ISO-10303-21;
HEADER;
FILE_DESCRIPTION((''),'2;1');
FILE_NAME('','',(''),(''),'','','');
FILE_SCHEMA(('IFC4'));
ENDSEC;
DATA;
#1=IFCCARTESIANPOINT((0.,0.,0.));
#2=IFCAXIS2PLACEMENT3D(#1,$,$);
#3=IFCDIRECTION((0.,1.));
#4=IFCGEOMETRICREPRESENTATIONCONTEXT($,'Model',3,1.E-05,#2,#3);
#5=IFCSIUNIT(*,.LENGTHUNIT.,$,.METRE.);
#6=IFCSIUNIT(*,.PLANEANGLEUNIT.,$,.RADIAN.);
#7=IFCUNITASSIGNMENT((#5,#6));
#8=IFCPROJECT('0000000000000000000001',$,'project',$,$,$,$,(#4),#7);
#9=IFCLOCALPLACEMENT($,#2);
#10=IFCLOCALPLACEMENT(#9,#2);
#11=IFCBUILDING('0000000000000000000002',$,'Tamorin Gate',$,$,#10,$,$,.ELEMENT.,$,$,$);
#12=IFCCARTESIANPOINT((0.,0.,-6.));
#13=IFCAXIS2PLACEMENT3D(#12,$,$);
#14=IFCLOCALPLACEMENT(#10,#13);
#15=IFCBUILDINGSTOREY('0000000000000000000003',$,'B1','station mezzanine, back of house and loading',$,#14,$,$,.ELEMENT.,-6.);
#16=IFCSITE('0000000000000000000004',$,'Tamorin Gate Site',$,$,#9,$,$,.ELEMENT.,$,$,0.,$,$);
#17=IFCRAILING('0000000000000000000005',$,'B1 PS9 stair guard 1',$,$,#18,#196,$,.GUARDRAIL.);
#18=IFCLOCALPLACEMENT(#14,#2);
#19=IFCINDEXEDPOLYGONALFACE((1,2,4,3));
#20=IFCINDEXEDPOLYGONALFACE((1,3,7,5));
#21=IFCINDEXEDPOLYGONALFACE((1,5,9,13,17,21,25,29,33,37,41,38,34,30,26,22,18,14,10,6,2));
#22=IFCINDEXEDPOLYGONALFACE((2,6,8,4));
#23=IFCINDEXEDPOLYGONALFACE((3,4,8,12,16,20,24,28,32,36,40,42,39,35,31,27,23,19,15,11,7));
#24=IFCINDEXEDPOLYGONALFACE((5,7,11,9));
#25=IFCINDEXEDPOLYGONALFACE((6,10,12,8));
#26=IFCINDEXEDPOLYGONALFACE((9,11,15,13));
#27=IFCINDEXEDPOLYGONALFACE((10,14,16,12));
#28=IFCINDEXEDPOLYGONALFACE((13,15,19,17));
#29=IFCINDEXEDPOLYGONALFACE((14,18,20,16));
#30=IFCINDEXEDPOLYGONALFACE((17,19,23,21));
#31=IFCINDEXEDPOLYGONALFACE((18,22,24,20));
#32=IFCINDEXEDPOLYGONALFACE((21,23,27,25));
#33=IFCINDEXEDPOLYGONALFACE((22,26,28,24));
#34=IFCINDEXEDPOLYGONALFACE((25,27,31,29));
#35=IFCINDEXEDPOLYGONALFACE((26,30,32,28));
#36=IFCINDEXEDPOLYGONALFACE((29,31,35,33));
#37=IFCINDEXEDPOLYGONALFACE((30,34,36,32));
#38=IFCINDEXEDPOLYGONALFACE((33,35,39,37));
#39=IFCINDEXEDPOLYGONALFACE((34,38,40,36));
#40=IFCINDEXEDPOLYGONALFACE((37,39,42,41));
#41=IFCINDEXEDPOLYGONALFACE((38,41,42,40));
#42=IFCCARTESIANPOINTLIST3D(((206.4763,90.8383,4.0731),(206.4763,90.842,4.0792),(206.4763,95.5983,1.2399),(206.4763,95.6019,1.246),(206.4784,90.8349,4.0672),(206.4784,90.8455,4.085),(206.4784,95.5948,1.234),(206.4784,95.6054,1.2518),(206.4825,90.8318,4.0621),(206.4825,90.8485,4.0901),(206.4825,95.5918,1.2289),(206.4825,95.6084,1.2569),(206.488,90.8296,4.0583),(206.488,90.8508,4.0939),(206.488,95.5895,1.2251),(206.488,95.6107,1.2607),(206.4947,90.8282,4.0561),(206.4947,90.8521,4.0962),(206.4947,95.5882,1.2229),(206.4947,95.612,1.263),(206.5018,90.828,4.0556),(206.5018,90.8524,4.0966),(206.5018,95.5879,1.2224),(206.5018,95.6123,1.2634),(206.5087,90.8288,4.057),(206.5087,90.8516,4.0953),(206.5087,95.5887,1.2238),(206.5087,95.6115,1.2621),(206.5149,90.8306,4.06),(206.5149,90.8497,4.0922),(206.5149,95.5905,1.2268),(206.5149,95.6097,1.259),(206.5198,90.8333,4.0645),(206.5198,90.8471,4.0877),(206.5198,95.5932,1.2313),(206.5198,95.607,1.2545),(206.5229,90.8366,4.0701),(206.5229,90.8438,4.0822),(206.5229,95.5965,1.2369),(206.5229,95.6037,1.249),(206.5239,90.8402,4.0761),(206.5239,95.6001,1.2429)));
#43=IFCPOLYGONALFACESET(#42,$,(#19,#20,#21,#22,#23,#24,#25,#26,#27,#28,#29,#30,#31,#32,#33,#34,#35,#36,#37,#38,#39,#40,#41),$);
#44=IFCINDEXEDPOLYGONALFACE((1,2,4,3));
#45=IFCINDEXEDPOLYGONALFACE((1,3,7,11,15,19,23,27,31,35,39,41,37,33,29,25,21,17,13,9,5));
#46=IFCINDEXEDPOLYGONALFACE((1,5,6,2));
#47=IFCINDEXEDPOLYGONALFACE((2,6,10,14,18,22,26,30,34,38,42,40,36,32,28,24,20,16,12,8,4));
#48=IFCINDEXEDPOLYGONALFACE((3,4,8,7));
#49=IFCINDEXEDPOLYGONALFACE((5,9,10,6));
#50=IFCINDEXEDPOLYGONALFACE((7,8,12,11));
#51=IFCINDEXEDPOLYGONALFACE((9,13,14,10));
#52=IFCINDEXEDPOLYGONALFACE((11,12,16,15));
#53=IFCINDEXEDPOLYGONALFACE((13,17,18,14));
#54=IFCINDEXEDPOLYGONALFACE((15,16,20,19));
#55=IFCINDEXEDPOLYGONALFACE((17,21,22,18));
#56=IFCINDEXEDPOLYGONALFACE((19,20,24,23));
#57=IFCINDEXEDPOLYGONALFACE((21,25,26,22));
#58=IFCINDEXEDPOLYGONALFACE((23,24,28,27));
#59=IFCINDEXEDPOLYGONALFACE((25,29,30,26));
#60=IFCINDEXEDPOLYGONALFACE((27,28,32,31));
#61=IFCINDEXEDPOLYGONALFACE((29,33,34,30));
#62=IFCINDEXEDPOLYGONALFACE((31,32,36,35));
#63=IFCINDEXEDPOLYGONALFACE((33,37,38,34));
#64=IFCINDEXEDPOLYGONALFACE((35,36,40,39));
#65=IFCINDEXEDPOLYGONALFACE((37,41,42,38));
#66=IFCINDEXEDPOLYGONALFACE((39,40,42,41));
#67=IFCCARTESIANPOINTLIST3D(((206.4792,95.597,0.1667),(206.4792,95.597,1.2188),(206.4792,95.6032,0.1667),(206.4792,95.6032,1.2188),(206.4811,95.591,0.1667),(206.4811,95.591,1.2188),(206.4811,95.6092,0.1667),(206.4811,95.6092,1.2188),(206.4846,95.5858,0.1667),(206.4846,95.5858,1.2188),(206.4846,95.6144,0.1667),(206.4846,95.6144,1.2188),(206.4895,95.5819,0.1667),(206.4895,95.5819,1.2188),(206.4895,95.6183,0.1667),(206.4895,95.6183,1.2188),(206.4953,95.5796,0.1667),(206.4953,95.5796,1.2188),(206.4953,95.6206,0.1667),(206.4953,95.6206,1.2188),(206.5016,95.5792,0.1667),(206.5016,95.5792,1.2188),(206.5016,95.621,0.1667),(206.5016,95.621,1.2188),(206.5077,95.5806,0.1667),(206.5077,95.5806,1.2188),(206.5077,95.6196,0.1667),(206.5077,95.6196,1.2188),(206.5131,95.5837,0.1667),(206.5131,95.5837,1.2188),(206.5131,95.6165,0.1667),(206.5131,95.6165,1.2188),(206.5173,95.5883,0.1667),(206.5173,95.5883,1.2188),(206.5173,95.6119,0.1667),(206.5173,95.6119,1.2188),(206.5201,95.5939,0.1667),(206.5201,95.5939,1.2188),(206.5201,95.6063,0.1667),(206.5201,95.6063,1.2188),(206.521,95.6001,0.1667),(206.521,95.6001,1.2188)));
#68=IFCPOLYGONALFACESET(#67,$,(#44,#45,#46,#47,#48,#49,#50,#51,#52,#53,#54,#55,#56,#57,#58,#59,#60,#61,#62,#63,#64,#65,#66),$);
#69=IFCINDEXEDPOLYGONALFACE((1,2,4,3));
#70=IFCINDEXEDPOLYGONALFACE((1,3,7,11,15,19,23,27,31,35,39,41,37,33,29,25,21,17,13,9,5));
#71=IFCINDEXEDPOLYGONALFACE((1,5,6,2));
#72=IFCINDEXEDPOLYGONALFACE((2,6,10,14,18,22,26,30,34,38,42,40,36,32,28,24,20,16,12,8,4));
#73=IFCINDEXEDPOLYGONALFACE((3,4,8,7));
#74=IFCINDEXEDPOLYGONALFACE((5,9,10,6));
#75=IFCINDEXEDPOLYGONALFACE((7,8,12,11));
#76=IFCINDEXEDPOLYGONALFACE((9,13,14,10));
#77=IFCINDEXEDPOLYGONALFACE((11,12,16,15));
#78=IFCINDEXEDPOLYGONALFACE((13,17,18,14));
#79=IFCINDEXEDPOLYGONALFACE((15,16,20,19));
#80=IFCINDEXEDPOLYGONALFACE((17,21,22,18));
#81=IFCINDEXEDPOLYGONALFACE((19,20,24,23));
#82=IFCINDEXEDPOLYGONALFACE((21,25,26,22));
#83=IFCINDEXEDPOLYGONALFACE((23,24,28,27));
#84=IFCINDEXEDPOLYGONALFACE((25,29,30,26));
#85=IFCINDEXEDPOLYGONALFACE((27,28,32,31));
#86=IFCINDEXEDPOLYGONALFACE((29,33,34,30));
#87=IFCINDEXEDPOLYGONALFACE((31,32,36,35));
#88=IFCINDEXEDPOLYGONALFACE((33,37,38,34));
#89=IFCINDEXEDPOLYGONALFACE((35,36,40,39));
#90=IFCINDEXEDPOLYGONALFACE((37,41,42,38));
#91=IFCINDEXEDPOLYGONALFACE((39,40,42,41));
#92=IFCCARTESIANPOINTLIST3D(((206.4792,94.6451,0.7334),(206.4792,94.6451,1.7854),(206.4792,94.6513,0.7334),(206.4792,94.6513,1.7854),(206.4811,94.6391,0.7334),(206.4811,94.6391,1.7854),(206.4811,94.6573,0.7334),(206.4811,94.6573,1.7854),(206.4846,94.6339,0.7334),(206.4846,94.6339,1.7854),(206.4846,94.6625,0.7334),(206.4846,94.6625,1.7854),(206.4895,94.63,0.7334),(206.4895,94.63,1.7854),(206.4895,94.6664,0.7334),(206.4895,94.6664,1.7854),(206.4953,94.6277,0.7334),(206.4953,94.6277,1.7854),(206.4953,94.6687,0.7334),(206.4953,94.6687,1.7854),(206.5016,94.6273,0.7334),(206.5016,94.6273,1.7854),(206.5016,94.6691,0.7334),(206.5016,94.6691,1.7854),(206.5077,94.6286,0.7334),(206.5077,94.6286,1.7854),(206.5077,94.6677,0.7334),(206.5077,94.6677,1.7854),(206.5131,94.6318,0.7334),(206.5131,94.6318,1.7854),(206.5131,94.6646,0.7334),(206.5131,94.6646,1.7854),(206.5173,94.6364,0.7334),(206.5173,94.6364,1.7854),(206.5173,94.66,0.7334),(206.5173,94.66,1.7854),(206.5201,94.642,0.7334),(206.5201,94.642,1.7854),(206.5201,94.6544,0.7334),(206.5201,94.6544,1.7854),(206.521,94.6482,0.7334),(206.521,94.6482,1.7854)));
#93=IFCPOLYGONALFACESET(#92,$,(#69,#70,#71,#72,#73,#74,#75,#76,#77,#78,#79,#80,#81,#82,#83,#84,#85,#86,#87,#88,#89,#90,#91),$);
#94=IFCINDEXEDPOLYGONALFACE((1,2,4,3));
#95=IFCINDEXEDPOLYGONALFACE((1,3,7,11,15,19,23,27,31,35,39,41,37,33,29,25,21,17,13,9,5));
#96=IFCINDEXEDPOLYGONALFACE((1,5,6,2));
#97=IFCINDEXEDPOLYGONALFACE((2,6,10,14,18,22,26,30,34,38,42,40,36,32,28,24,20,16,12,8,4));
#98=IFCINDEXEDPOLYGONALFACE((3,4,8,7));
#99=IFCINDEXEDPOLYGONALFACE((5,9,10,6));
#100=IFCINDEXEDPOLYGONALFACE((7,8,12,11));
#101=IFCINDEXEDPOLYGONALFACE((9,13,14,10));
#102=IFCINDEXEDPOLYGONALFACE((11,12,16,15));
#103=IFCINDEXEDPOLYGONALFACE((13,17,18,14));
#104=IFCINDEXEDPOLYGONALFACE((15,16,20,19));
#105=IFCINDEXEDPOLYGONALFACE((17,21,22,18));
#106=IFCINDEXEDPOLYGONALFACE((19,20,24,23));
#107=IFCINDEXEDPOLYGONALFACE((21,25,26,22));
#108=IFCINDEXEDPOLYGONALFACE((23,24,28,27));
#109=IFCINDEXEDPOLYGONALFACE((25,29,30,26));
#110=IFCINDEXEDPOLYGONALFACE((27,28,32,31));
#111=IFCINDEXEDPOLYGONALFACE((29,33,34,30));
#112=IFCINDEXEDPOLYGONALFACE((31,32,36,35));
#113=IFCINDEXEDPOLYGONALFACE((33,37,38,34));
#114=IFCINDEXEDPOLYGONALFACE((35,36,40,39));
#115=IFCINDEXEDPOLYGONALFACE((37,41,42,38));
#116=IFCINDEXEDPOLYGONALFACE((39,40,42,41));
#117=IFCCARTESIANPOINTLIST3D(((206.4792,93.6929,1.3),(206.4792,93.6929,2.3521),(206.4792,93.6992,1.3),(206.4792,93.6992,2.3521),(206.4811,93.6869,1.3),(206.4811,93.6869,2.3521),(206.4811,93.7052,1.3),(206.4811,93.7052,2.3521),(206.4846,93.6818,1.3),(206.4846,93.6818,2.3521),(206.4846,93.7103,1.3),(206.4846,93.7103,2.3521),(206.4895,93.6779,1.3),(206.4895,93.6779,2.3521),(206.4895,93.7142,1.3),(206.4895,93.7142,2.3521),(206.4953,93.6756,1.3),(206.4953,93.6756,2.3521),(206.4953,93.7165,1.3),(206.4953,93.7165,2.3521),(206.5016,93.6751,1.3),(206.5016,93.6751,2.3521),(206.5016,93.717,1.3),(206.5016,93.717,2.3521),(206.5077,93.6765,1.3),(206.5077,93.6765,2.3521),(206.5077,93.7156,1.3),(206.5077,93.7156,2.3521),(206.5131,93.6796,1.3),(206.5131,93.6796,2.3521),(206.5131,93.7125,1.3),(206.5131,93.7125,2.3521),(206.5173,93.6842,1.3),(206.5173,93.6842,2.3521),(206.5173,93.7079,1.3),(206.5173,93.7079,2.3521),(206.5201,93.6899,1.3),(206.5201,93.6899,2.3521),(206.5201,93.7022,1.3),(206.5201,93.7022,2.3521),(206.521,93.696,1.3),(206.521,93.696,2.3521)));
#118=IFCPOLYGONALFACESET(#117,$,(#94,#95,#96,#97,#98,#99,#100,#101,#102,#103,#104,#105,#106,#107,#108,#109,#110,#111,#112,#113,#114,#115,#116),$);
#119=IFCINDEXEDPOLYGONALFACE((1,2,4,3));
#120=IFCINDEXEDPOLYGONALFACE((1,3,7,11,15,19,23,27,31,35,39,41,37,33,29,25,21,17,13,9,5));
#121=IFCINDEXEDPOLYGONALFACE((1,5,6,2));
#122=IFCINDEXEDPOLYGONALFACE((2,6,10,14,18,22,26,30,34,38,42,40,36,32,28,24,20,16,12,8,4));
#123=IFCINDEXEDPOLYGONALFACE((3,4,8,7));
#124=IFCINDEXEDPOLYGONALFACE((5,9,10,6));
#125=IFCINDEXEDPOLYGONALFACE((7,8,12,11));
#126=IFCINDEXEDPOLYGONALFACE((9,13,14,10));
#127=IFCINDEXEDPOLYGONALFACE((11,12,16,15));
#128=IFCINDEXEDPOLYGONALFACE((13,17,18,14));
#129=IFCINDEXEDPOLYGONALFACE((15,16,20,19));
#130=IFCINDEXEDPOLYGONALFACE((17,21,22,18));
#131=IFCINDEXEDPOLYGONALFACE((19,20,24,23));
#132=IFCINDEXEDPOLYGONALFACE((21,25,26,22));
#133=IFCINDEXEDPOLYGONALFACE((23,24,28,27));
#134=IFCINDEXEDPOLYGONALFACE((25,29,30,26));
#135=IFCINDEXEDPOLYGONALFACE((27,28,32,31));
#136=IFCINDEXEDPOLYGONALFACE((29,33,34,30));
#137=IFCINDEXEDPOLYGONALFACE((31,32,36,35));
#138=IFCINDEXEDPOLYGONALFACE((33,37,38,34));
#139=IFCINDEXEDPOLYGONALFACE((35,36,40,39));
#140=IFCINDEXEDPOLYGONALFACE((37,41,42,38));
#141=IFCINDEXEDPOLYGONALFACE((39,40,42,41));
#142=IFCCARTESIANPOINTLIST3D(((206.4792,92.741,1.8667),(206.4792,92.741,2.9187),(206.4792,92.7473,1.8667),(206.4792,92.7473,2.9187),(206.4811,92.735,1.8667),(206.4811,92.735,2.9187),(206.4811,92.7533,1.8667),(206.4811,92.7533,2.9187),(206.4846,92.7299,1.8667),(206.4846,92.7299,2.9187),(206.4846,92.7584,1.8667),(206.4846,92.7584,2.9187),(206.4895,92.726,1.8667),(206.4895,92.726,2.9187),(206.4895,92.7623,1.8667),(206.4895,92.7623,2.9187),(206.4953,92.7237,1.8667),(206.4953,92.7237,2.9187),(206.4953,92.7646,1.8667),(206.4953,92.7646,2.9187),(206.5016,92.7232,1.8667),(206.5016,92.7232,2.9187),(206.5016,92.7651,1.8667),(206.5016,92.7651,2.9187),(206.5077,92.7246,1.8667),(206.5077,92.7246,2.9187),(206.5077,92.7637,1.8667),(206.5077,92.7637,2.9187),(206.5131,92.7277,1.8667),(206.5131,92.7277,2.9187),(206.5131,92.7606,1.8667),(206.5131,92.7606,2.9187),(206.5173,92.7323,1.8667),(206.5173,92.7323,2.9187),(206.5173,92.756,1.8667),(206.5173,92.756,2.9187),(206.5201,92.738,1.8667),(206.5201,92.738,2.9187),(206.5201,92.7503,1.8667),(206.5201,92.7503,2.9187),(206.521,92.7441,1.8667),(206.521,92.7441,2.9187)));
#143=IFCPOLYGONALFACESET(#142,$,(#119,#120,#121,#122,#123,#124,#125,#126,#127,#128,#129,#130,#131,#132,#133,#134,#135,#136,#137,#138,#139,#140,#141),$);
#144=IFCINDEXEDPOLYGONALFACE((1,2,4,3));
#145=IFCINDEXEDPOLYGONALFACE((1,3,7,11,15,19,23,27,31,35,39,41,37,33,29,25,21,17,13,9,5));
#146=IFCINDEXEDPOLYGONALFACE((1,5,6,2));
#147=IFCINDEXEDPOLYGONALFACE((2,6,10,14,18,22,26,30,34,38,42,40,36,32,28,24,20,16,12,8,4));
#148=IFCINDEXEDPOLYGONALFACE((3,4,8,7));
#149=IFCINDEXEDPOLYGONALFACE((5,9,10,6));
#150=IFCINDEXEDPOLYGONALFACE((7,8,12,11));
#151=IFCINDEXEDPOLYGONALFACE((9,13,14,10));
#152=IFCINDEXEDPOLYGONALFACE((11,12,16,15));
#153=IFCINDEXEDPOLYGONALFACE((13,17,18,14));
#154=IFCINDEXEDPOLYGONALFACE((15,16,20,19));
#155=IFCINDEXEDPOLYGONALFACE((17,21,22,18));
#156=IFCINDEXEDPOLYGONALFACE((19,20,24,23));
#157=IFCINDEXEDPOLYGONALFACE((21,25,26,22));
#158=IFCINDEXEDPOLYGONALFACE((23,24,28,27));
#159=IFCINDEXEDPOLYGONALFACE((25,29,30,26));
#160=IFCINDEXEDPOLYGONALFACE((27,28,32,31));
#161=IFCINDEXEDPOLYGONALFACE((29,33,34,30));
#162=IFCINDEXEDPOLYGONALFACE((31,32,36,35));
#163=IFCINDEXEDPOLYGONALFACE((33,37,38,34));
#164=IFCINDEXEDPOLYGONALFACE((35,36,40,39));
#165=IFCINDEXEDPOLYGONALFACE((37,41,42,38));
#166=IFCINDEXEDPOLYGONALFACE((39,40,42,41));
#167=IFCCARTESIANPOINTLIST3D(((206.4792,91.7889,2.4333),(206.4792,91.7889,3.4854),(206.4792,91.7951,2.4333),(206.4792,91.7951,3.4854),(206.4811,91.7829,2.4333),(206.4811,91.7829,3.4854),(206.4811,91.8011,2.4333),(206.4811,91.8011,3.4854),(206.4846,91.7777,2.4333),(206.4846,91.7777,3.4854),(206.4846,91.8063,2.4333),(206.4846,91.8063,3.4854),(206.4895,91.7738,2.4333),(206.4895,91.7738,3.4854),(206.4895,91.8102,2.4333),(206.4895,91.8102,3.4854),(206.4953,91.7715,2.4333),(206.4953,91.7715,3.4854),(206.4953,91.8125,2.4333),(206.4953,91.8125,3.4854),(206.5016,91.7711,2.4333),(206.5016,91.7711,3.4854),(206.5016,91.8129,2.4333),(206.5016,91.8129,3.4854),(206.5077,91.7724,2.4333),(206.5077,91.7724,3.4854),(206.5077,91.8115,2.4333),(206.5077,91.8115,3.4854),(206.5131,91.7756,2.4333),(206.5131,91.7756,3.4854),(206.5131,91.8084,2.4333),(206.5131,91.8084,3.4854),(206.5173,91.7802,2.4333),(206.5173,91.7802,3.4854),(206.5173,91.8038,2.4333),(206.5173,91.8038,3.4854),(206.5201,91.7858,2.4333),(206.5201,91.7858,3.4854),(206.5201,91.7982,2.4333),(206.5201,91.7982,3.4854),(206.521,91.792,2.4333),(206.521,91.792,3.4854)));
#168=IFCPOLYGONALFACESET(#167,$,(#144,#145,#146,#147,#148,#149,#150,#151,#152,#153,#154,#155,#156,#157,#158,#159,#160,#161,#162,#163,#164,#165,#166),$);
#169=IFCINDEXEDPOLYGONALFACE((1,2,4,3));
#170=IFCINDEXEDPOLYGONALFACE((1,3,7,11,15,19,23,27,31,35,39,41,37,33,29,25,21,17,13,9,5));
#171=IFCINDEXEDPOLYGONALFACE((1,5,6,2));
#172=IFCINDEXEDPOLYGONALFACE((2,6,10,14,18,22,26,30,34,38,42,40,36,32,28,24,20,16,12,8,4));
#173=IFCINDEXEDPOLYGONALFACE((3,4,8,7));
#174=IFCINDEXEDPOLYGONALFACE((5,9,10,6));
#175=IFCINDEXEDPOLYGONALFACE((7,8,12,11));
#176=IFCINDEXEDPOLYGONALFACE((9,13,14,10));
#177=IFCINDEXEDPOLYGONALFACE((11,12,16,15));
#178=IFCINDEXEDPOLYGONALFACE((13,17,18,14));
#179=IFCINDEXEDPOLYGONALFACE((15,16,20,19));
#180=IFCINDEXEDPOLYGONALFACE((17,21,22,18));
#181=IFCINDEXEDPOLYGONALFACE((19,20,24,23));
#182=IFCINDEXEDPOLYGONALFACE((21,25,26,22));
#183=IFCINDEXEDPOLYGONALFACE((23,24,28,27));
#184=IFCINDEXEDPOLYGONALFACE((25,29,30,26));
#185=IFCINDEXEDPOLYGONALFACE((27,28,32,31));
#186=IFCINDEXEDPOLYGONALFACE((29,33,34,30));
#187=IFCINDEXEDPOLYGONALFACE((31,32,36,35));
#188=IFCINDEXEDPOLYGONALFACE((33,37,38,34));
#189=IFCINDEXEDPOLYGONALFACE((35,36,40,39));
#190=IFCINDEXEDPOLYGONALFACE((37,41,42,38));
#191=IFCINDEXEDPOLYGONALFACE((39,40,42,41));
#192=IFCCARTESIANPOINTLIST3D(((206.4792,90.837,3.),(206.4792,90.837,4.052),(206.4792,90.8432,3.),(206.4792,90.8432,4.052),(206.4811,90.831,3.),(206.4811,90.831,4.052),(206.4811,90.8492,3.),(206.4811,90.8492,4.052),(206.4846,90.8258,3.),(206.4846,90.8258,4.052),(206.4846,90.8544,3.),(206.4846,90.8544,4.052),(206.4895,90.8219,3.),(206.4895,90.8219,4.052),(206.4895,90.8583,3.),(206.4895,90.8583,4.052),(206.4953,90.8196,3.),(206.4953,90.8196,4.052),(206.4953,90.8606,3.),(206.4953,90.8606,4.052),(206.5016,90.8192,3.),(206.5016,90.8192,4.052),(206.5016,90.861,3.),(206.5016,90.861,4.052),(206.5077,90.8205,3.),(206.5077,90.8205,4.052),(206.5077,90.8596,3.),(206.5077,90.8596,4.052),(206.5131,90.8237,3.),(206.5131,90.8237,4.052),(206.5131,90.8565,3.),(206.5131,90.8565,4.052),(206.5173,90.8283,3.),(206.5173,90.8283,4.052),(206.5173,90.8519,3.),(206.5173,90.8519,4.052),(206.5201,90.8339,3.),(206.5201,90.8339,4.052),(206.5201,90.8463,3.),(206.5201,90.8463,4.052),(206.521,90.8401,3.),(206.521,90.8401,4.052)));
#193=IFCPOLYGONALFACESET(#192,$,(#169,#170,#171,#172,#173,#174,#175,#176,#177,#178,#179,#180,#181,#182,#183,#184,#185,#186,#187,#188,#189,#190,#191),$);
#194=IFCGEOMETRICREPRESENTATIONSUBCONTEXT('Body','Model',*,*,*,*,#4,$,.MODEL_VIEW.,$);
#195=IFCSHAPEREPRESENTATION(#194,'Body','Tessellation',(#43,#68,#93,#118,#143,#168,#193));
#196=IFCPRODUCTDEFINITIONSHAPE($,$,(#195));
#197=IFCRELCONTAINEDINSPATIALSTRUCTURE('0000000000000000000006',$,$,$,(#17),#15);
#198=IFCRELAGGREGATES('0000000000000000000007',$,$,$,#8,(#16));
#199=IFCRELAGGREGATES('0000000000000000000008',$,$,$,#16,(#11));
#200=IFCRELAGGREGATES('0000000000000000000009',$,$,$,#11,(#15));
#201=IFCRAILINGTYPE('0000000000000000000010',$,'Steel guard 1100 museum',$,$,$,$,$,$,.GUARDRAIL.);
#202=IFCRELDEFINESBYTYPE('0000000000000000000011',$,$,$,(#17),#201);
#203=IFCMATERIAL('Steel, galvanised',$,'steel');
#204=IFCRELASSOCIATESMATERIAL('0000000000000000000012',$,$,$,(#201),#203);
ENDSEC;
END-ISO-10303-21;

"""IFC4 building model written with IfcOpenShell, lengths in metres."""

from ifc_helpers import new_model, si_unit, direction, frame, origin, origin_2d, place, context, subcontext, project, spatial, circle, extrude, material, type_object, element, save


model = new_model("IFC4")

# Units and contexts
model_context = context("Model", 3, precision=1e-05, world=origin(), true_north=direction((0.0, 1.0)))
body_context = subcontext(model_context, "Body", "Model", "MODEL_VIEW")
ifc_project = project(units=[si_unit("LENGTHUNIT", "METRE"), si_unit("PLANEANGLEUNIT", "RADIAN")], contexts=[model_context])

# Site, building, storey
site_placement = place(None, origin())
site = spatial("IfcSite", under=ifc_project, at=site_placement, Name="Tamorin Gate Site", CompositionType="ELEMENT", RefElevation=0.0)
building_placement = place(site_placement, origin())
building = spatial("IfcBuilding", under=site, at=building_placement, Name="Tamorin Gate", CompositionType="ELEMENT")
storey_placement = place(building_placement, frame((0.0, 0.0, -6.0)))
storey = spatial("IfcBuildingStorey", under=building, at=storey_placement, Name="B1", Description="station mezzanine, back of house and loading", CompositionType="ELEMENT", Elevation=-6.0)

# Railing
ifc_material_1 = material(Name="Steel, galvanised", Category="steel")
railing_type_1 = type_object("IfcRailingType", Name="Steel guard 1100 museum", PredefinedType="GUARDRAIL", material=ifc_material_1)
railing_1_placement = place(storey_placement, frame((206.5, 95.6001, 0.1667)))
element("IfcRailing", 1, at=railing_1_placement, inside=storey, type_object=railing_type_1, Name="B1 PS9 stair guard 1", PredefinedType="GUARDRAIL", context=body_context, shape_type="SweptSolid", body=[
    extrude(circle(Radius=0.0239, at=origin_2d()), frame((0.0, 0.0, 1.0762), z_axis=(0.0, -0.8593, 0.511472), x_axis=(1.0, 0.0, 0.0)), (0.0, 0.0, 1.0), 5.5393),
    extrude(circle(Radius=0.021, at=origin_2d()), origin(), (0.0, 0.0, 1.0), 1.052),
    extrude(circle(Radius=0.021, at=origin_2d()), frame((0.0, -0.9519, 0.5667)), (0.0, 0.0, 1.0), 1.052),
    extrude(circle(Radius=0.021, at=origin_2d()), frame((0.0, -1.9041, 1.1333)), (0.0, 0.0, 1.0), 1.052),
    extrude(circle(Radius=0.021, at=origin_2d()), frame((0.0, -2.856, 1.7)), (0.0, 0.0, 1.0), 1.052),
    extrude(circle(Radius=0.021, at=origin_2d()), frame((0.0, -3.8081, 2.2666)), (0.0, 0.0, 1.0), 1.052),
    extrude(circle(Radius=0.021, at=origin_2d()), frame((0.0, -4.76, 2.8333)), (0.0, 0.0, 1.0), 1.052),
])

save(model, "model.ifc")
